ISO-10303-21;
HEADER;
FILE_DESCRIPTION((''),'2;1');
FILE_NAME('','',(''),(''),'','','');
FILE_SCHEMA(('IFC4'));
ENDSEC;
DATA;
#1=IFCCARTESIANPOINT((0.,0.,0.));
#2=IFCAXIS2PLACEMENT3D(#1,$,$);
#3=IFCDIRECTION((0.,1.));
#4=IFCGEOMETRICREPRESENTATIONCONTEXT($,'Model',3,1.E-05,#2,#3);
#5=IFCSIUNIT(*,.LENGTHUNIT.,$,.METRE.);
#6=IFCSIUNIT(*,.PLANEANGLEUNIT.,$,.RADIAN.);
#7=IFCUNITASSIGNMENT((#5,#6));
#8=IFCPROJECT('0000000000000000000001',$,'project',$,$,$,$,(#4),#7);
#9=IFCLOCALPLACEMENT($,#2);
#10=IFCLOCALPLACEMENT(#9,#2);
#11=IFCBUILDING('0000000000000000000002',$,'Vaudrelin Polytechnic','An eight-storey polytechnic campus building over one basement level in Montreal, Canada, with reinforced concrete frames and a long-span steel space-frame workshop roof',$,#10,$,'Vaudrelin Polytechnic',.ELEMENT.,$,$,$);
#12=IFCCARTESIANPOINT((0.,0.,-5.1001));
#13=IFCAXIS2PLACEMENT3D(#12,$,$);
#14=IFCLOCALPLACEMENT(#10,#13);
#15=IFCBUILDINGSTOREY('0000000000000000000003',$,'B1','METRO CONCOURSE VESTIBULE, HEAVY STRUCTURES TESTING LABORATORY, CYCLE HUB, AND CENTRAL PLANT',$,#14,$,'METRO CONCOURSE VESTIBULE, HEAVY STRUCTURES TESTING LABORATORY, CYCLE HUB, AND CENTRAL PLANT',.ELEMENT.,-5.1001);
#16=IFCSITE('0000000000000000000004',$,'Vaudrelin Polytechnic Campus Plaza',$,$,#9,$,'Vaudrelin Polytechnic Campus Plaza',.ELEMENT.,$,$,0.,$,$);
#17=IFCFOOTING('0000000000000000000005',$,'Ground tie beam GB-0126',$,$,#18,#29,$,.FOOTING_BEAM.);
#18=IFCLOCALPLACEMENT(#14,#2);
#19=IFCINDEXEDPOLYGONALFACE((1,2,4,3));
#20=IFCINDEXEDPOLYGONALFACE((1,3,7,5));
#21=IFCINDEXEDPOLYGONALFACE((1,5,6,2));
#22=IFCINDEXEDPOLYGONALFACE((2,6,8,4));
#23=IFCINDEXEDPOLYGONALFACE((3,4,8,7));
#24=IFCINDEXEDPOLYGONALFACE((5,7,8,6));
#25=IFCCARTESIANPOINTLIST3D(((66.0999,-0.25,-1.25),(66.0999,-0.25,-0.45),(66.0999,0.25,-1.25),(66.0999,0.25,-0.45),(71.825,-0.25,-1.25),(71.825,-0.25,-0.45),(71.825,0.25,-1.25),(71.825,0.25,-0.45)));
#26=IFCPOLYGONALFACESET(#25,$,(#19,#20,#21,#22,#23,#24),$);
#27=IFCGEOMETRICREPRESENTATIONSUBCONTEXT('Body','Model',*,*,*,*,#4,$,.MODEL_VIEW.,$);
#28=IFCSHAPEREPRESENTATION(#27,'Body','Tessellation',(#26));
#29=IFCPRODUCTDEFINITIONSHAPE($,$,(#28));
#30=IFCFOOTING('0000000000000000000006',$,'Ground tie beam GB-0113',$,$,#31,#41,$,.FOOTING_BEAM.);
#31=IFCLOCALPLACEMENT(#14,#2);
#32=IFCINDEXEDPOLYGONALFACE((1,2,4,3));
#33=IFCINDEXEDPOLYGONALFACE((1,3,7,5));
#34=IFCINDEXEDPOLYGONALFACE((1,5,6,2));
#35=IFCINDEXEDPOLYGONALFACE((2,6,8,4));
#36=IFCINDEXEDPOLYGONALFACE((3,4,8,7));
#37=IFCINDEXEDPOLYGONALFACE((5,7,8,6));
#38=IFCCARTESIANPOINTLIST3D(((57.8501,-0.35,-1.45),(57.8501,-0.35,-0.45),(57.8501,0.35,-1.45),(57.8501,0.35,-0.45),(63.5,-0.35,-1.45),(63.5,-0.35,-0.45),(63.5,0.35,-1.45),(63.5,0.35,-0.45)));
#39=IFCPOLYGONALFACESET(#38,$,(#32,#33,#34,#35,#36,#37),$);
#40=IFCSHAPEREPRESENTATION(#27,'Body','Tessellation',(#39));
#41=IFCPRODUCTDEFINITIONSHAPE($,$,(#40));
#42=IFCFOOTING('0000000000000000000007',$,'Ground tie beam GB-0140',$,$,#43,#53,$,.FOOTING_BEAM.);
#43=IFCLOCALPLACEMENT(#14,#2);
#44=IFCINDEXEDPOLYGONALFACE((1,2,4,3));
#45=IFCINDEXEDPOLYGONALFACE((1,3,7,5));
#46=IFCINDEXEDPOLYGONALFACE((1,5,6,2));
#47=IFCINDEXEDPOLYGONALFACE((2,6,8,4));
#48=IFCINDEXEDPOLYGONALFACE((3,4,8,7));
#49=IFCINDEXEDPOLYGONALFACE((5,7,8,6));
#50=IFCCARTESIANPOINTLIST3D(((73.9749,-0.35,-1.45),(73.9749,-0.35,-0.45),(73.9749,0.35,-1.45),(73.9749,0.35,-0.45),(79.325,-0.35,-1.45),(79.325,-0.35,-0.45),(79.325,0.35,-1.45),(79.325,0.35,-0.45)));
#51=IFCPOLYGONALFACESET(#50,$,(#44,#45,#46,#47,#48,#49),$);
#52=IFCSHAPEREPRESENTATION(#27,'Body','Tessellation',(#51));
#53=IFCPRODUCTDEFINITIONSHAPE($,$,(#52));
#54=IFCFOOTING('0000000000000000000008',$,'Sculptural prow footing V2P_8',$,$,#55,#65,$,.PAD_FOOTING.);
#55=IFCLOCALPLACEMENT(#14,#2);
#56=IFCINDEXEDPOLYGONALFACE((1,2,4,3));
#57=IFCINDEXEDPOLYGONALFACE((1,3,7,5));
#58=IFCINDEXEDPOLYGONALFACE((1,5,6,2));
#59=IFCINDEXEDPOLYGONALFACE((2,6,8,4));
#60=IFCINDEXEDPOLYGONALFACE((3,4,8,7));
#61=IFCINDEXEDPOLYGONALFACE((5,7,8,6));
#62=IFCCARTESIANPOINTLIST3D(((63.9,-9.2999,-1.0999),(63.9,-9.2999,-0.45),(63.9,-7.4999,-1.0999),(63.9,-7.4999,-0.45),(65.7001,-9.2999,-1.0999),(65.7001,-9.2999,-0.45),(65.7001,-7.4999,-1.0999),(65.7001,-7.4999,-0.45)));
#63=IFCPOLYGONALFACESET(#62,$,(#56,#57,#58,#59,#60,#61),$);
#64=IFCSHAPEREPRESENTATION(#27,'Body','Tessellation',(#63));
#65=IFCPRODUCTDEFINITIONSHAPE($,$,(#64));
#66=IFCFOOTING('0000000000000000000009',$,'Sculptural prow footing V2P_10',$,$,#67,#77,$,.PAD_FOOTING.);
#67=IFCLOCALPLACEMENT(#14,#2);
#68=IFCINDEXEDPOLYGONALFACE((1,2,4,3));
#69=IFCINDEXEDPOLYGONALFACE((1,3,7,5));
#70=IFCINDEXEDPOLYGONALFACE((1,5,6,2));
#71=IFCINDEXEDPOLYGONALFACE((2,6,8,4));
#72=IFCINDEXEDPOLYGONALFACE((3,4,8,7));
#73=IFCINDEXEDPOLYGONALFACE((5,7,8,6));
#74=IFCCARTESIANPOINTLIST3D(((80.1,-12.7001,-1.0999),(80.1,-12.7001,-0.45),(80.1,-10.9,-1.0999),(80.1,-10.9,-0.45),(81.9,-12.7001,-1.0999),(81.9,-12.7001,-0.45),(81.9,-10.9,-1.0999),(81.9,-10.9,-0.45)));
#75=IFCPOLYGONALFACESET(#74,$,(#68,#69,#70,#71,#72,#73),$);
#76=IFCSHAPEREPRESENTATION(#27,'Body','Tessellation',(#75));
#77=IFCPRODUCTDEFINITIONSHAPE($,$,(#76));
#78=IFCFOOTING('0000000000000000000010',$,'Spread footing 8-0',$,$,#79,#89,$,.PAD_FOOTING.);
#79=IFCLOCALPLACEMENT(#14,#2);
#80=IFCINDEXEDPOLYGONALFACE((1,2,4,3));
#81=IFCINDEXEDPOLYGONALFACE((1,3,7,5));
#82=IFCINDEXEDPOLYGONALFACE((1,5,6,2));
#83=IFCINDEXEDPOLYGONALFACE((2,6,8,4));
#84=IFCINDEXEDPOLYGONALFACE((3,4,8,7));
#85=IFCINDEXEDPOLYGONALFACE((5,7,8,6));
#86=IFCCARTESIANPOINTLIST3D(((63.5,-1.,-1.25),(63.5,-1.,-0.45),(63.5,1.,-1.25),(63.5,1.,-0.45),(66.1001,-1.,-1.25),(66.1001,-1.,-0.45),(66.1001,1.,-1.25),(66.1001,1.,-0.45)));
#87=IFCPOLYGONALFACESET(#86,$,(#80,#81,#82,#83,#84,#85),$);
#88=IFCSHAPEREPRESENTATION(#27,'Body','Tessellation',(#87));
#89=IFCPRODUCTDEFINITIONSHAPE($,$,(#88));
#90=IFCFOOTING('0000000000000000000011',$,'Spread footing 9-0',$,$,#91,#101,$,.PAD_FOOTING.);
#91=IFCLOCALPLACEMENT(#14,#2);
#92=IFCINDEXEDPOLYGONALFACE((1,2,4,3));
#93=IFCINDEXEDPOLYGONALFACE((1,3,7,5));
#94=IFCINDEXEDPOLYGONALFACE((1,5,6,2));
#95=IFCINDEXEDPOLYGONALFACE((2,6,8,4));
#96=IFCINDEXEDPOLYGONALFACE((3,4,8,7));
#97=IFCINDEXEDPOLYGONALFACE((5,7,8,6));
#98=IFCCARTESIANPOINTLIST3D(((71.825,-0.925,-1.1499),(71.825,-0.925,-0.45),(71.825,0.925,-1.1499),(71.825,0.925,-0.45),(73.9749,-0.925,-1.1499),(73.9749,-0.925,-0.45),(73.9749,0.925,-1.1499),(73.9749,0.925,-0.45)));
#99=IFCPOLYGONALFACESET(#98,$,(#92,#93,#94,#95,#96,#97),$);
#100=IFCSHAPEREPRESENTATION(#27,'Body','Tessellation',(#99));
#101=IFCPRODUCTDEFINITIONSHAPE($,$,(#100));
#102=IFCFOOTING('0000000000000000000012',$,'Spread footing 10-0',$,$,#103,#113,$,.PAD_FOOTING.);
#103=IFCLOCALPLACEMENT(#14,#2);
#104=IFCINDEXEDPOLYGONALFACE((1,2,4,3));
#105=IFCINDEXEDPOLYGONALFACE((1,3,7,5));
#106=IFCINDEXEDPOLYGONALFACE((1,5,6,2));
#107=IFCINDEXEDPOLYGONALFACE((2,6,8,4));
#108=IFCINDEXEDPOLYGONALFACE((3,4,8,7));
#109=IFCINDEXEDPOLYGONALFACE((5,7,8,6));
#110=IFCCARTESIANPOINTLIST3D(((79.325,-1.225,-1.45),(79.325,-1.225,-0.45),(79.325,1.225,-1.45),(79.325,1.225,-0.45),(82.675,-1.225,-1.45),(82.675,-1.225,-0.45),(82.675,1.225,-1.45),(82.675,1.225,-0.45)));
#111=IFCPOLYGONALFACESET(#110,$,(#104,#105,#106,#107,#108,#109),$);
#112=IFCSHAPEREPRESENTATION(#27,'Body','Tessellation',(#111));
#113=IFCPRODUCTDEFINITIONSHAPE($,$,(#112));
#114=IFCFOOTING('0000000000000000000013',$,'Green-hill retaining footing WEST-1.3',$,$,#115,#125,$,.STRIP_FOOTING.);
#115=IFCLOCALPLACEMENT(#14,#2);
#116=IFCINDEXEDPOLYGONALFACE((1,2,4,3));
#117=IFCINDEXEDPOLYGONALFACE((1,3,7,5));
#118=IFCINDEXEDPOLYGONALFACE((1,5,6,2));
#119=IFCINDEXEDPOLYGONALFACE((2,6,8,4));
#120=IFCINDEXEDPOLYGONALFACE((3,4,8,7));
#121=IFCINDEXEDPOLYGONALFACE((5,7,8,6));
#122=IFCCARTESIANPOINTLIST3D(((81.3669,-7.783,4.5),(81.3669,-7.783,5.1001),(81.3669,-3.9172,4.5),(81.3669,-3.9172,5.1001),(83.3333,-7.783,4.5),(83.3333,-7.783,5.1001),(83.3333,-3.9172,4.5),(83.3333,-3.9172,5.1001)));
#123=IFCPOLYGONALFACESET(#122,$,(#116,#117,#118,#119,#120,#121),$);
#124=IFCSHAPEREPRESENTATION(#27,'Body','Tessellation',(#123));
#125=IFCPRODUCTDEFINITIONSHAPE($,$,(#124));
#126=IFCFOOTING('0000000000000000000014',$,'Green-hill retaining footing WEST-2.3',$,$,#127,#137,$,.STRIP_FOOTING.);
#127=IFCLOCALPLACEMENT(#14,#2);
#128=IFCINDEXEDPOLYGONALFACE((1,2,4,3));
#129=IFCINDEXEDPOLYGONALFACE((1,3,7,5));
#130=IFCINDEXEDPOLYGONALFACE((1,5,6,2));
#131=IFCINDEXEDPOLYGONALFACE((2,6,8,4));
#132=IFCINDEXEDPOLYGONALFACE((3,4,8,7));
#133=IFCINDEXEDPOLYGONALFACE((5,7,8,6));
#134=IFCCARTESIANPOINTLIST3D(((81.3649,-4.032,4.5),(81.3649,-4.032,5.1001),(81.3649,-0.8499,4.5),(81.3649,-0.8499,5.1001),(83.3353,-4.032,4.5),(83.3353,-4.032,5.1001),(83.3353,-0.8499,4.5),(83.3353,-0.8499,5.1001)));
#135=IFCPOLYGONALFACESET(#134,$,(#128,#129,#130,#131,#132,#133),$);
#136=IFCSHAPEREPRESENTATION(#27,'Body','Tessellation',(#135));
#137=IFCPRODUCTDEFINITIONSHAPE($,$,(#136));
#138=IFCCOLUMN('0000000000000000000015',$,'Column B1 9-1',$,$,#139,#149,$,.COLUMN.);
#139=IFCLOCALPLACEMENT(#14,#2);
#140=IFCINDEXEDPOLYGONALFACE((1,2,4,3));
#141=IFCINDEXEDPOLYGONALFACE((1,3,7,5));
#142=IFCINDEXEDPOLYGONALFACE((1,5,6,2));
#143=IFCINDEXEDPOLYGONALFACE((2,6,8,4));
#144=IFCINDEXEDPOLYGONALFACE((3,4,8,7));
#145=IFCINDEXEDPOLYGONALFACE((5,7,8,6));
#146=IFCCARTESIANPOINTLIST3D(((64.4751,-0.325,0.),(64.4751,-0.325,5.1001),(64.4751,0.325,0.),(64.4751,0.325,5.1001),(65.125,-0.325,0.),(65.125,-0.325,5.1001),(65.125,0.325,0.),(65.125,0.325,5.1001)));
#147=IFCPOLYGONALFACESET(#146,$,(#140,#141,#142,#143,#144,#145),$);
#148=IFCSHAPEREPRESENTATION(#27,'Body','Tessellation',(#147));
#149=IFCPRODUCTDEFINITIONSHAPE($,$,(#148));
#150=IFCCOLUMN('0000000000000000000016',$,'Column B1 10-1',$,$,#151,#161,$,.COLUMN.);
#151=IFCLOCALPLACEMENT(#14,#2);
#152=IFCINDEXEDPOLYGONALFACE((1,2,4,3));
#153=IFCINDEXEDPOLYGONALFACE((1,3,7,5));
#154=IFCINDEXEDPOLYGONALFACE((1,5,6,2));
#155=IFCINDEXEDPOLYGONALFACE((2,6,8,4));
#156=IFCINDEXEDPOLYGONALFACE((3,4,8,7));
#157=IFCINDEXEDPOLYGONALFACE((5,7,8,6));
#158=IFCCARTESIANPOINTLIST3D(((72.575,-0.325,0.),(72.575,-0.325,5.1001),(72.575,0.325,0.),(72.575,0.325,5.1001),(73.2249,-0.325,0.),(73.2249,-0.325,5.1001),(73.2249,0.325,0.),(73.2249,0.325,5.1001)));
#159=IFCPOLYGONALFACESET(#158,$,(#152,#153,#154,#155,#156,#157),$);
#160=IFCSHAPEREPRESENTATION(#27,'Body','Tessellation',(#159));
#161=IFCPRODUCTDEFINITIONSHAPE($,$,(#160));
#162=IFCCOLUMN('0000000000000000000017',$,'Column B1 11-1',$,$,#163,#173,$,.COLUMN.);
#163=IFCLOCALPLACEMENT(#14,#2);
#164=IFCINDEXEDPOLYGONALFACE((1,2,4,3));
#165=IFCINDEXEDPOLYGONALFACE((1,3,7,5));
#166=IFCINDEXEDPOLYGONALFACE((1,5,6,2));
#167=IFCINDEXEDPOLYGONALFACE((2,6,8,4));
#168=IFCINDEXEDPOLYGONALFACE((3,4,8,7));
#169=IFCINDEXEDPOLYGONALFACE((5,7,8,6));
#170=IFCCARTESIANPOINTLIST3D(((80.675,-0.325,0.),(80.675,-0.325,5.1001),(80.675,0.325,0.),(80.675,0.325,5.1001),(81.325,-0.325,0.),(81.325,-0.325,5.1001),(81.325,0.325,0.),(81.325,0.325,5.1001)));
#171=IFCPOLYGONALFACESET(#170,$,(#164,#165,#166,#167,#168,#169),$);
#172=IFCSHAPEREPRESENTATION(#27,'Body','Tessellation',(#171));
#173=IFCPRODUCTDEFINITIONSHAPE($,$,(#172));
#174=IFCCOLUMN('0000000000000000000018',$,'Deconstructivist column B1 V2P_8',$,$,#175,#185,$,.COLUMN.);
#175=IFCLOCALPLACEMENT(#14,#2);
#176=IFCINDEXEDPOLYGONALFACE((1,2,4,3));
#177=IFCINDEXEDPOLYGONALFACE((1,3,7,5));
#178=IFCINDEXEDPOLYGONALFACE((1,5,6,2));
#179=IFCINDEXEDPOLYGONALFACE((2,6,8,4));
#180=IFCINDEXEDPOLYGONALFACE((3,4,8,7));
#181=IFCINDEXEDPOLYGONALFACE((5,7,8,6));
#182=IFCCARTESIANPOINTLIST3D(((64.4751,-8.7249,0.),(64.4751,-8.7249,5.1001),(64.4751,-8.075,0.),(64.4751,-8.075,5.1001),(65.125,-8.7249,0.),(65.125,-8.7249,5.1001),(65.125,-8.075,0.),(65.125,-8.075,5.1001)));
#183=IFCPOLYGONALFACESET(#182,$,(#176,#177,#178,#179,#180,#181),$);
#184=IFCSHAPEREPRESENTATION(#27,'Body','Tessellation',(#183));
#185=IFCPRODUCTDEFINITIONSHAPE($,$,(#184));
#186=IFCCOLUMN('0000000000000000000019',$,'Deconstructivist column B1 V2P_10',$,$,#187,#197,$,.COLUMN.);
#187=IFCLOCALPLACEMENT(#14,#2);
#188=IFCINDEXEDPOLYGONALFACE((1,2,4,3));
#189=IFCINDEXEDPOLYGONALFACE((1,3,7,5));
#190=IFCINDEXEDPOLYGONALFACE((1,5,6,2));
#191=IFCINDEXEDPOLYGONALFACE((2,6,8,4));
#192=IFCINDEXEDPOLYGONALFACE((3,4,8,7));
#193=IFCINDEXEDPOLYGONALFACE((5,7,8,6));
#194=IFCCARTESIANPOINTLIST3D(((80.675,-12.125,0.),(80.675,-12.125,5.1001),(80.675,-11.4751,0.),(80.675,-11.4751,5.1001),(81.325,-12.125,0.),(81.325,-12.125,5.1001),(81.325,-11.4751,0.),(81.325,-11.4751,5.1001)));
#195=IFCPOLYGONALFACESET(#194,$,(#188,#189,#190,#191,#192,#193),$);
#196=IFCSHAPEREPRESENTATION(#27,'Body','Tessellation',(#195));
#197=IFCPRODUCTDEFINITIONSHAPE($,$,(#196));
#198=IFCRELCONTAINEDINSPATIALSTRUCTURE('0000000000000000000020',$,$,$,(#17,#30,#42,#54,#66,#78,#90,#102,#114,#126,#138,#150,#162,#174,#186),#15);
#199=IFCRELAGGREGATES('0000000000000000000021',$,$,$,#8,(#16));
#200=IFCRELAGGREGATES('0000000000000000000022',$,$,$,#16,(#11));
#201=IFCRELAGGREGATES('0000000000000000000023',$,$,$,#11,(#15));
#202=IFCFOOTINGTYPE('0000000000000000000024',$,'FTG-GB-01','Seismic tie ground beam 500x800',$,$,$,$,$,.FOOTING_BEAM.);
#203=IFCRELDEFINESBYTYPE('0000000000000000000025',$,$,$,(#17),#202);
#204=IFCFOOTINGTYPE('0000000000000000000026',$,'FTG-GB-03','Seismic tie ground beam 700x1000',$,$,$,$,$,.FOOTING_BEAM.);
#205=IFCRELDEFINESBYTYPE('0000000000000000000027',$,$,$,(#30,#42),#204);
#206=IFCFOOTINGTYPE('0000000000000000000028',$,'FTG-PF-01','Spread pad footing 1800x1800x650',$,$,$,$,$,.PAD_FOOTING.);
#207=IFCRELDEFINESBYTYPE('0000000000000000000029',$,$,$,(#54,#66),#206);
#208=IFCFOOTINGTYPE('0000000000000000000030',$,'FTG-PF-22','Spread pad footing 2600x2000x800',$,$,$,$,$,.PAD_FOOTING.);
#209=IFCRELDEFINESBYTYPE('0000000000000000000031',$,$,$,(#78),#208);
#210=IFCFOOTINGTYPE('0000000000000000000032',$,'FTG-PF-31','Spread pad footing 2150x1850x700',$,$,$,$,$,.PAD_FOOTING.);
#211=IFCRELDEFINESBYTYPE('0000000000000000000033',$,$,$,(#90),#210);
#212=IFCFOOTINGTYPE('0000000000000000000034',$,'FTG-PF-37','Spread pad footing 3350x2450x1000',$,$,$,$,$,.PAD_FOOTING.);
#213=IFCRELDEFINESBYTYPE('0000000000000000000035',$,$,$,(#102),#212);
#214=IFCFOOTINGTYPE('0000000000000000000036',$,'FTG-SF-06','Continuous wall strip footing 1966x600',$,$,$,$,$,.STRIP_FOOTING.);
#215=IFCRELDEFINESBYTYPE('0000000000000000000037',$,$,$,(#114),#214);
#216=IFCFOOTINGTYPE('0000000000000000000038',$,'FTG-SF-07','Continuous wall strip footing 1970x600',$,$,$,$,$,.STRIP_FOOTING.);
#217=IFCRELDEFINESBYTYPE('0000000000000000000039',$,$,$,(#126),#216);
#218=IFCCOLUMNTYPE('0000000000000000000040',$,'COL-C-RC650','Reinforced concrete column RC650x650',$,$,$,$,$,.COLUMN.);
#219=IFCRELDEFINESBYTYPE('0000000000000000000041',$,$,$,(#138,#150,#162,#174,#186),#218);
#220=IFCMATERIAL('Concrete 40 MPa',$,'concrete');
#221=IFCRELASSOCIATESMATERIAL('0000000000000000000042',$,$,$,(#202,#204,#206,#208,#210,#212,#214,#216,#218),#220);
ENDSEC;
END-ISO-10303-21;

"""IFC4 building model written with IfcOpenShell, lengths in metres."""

from ifc_helpers import new_model, si_unit, direction, frame, origin, origin_2d, place, context, subcontext, project, spatial, rectangle, extrude, material, material_profile, profile_set, type_object, element, save


model = new_model("IFC4")

# Units and contexts
model_context = context("Model", 3, precision=1e-05, world=origin(), true_north=direction((0.0, 1.0)))
body_context = subcontext(model_context, "Body", "Model", "MODEL_VIEW")
ifc_project = project(units=[si_unit("LENGTHUNIT", "METRE"), si_unit("PLANEANGLEUNIT", "RADIAN")], contexts=[model_context])

# Site, building, storey
site_placement = place(None, origin())
site = spatial("IfcSite", under=ifc_project, at=site_placement, Name="Vaudrelin Polytechnic Campus Plaza", LongName="Vaudrelin Polytechnic Campus Plaza", CompositionType="ELEMENT", RefElevation=0.0)
building_placement = place(site_placement, origin())
building = spatial("IfcBuilding", under=site, at=building_placement, Name="Vaudrelin Polytechnic", Description="An eight-storey polytechnic campus building over one basement level in Montreal, Canada, with reinforced concrete frames and a long-span steel space-frame workshop roof", LongName="Vaudrelin Polytechnic", CompositionType="ELEMENT")
storey_placement = place(building_placement, frame((0.0, 0.0, -5.1001)))
storey = spatial("IfcBuildingStorey", under=building, at=storey_placement, Name="B1", Description="METRO CONCOURSE VESTIBULE, HEAVY STRUCTURES TESTING LABORATORY, CYCLE HUB, AND CENTRAL PLANT", LongName="METRO CONCOURSE VESTIBULE, HEAVY STRUCTURES TESTING LABORATORY, CYCLE HUB, AND CENTRAL PLANT", CompositionType="ELEMENT", Elevation=-5.1001)

# Footings
ifc_material_1 = material(Name="Concrete 40 MPa", Category="concrete")
footing_type_1 = type_object("IfcFootingType", Name="FTG-GB-01", Description="Seismic tie ground beam 500x800", PredefinedType="FOOTING_BEAM", material=ifc_material_1)
footing_1_placement = place(storey_placement, frame((68.9624, 0.0, -1.25), z_axis=(0.0, 0.0, 1.0), x_axis=(1.0, 0.0, 0.0)))
element("IfcFooting", 1, at=footing_1_placement, inside=storey, type_object=footing_type_1, Name="Ground tie beam GB-0126", PredefinedType="FOOTING_BEAM", context=body_context, shape_type="SweptSolid", body=[
    extrude(rectangle(XDim=5.7251, YDim=0.5, at=origin_2d()), origin(), (0.0, 0.0, 1.0), 0.8),
])
footing_type_2 = type_object("IfcFootingType", Name="FTG-GB-03", Description="Seismic tie ground beam 700x1000", PredefinedType="FOOTING_BEAM", material=ifc_material_1)
footing_2_placement = place(storey_placement, frame((60.675, 0.0, -1.45), z_axis=(0.0, 0.0, 1.0), x_axis=(1.0, 0.0, 0.0)))
element("IfcFooting", 2, at=footing_2_placement, inside=storey, type_object=footing_type_2, Name="Ground tie beam GB-0113", PredefinedType="FOOTING_BEAM", context=body_context, shape_type="SweptSolid", body=[
    extrude(rectangle(XDim=5.6499, YDim=0.7, at=origin_2d()), origin(), (0.0, 0.0, 1.0), 1.0),
])
footing_3_placement = place(storey_placement, frame((76.6499, 0.0, -1.45), z_axis=(0.0, 0.0, 1.0), x_axis=(1.0, 0.0, 0.0)))
element("IfcFooting", 3, at=footing_3_placement, inside=storey, type_object=footing_type_2, Name="Ground tie beam GB-0140", PredefinedType="FOOTING_BEAM", context=body_context, shape_type="SweptSolid", body=[
    extrude(rectangle(XDim=5.3501, YDim=0.7, at=origin_2d()), origin(), (0.0, 0.0, 1.0), 1.0),
])
footing_type_3 = type_object("IfcFootingType", Name="FTG-PF-01", Description="Spread pad footing 1800x1800x650", PredefinedType="PAD_FOOTING", material=ifc_material_1)
for number, where, z_axis, x_axis, name in (
    (4, (64.8, -8.3999, -1.0999), (0.0, 0.0, 1.0), (1.0, 0.0, 0.0), "Sculptural prow footing V2P_8"),
    (5, (81.0, -11.8, -1.0999), (0.0, 0.0, 1.0), (1.0, 0.0, 0.0), "Sculptural prow footing V2P_10"),
):
    element("IfcFooting", number, at=place(storey_placement, frame(where, z_axis=z_axis, x_axis=x_axis)), inside=storey, type_object=footing_type_3, Name=name, PredefinedType="PAD_FOOTING", context=body_context, shape_type="SweptSolid", body=[
        extrude(rectangle(XDim=1.8, YDim=1.8, at=origin_2d()), origin(), (0.0, 0.0, 1.0), 0.6499),
    ])
footing_type_4 = type_object("IfcFootingType", Name="FTG-PF-22", Description="Spread pad footing 2600x2000x800", PredefinedType="PAD_FOOTING", material=ifc_material_1)
footing_4_placement = place(storey_placement, frame((64.8, 0.0, -1.25), z_axis=(0.0, 0.0, 1.0), x_axis=(1.0, 0.0, 0.0)))
element("IfcFooting", 6, at=footing_4_placement, inside=storey, type_object=footing_type_4, Name="Spread footing 8-0", PredefinedType="PAD_FOOTING", context=body_context, shape_type="SweptSolid", body=[
    extrude(rectangle(XDim=2.6001, YDim=2.0, at=origin_2d()), origin(), (0.0, 0.0, 1.0), 0.8),
])
footing_type_5 = type_object("IfcFootingType", Name="FTG-PF-31", Description="Spread pad footing 2150x1850x700", PredefinedType="PAD_FOOTING", material=ifc_material_1)
footing_5_placement = place(storey_placement, frame((72.8999, 0.0, -1.1499), z_axis=(0.0, 0.0, 1.0), x_axis=(1.0, 0.0, 0.0)))
element("IfcFooting", 7, at=footing_5_placement, inside=storey, type_object=footing_type_5, Name="Spread footing 9-0", PredefinedType="PAD_FOOTING", context=body_context, shape_type="SweptSolid", body=[
    extrude(rectangle(XDim=2.1499, YDim=1.8501, at=origin_2d()), origin(), (0.0, 0.0, 1.0), 0.7),
])
footing_type_6 = type_object("IfcFootingType", Name="FTG-PF-37", Description="Spread pad footing 3350x2450x1000", PredefinedType="PAD_FOOTING", material=ifc_material_1)
footing_6_placement = place(storey_placement, frame((81.0, 0.0, -1.45), z_axis=(0.0, 0.0, 1.0), x_axis=(1.0, 0.0, 0.0)))
element("IfcFooting", 8, at=footing_6_placement, inside=storey, type_object=footing_type_6, Name="Spread footing 10-0", PredefinedType="PAD_FOOTING", context=body_context, shape_type="SweptSolid", body=[
    extrude(rectangle(XDim=3.3501, YDim=2.45, at=origin_2d()), origin(), (0.0, 0.0, 1.0), 1.0),
])
footing_type_7 = type_object("IfcFootingType", Name="FTG-SF-06", Description="Continuous wall strip footing 1966x600", PredefinedType="STRIP_FOOTING", material=ifc_material_1)
footing_7_placement = place(storey_placement, frame((82.3501, -5.8501, 4.5), z_axis=(0.0, 0.0, 1.0), x_axis=(1.0, 0.0, 0.0)))
element("IfcFooting", 9, at=footing_7_placement, inside=storey, type_object=footing_type_7, Name="Green-hill retaining footing WEST-1.3", PredefinedType="STRIP_FOOTING", context=body_context, shape_type="SweptSolid", body=[
    extrude(rectangle(XDim=1.9663, YDim=3.8657, at=origin_2d()), origin(), (0.0, 0.0, 1.0), 0.6001),
])
footing_type_8 = type_object("IfcFootingType", Name="FTG-SF-07", Description="Continuous wall strip footing 1970x600", PredefinedType="STRIP_FOOTING", material=ifc_material_1)
footing_8_placement = place(storey_placement, frame((82.3501, -2.4409, 4.5), z_axis=(0.0, 0.0, 1.0), x_axis=(1.0, 0.0, 0.0)))
element("IfcFooting", 10, at=footing_8_placement, inside=storey, type_object=footing_type_8, Name="Green-hill retaining footing WEST-2.3", PredefinedType="STRIP_FOOTING", context=body_context, shape_type="SweptSolid", body=[
    extrude(rectangle(XDim=1.9705, YDim=3.1821, at=origin_2d()), origin(), (0.0, 0.0, 1.0), 0.6001),
])

# Columns
ifc_material_profile_1 = material_profile(ifc_material_1, rectangle(XDim=0.6499, YDim=0.6499, at=origin_2d()), Name="RC650x650")
ifc_profile_set_1 = profile_set([ifc_material_profile_1], Name="Concrete 40 MPa")
column_type = type_object("IfcColumnType", Name="COL-C-RC650", Description="Reinforced concrete column RC650x650", PredefinedType="COLUMN", material=ifc_profile_set_1)
for number, where, z_axis, x_axis, name in (
    (11, (64.8, 0.0, 0.0), (0.0, 0.0, 1.0), (1.0, 0.0, 0.0), "Column B1 9-1"),
    (12, (72.8999, 0.0, 0.0), (0.0, 0.0, 1.0), (1.0, 0.0, 0.0), "Column B1 10-1"),
    (13, (81.0, 0.0, 0.0), (0.0, 0.0, 1.0), (1.0, 0.0, 0.0), "Column B1 11-1"),
    (14, (64.8, -8.3999, 0.0), (0.0, 0.0, 1.0), (1.0, 0.0, 0.0), "Deconstructivist column B1 V2P_8"),
    (15, (81.0, -11.8, 0.0), (0.0, 0.0, 1.0), (1.0, 0.0, 0.0), "Deconstructivist column B1 V2P_10"),
):
    element("IfcColumn", number, at=place(storey_placement, frame(where, z_axis=z_axis, x_axis=x_axis)), inside=storey, type_object=column_type, Name=name, PredefinedType="COLUMN", context=body_context, shape_type="SweptSolid", body=[
        extrude(rectangle(XDim=0.6499, YDim=0.6499, at=origin_2d()), origin(), (0.0, 0.0, 1.0), 5.1001),
    ])

save(model, "model.ifc")
